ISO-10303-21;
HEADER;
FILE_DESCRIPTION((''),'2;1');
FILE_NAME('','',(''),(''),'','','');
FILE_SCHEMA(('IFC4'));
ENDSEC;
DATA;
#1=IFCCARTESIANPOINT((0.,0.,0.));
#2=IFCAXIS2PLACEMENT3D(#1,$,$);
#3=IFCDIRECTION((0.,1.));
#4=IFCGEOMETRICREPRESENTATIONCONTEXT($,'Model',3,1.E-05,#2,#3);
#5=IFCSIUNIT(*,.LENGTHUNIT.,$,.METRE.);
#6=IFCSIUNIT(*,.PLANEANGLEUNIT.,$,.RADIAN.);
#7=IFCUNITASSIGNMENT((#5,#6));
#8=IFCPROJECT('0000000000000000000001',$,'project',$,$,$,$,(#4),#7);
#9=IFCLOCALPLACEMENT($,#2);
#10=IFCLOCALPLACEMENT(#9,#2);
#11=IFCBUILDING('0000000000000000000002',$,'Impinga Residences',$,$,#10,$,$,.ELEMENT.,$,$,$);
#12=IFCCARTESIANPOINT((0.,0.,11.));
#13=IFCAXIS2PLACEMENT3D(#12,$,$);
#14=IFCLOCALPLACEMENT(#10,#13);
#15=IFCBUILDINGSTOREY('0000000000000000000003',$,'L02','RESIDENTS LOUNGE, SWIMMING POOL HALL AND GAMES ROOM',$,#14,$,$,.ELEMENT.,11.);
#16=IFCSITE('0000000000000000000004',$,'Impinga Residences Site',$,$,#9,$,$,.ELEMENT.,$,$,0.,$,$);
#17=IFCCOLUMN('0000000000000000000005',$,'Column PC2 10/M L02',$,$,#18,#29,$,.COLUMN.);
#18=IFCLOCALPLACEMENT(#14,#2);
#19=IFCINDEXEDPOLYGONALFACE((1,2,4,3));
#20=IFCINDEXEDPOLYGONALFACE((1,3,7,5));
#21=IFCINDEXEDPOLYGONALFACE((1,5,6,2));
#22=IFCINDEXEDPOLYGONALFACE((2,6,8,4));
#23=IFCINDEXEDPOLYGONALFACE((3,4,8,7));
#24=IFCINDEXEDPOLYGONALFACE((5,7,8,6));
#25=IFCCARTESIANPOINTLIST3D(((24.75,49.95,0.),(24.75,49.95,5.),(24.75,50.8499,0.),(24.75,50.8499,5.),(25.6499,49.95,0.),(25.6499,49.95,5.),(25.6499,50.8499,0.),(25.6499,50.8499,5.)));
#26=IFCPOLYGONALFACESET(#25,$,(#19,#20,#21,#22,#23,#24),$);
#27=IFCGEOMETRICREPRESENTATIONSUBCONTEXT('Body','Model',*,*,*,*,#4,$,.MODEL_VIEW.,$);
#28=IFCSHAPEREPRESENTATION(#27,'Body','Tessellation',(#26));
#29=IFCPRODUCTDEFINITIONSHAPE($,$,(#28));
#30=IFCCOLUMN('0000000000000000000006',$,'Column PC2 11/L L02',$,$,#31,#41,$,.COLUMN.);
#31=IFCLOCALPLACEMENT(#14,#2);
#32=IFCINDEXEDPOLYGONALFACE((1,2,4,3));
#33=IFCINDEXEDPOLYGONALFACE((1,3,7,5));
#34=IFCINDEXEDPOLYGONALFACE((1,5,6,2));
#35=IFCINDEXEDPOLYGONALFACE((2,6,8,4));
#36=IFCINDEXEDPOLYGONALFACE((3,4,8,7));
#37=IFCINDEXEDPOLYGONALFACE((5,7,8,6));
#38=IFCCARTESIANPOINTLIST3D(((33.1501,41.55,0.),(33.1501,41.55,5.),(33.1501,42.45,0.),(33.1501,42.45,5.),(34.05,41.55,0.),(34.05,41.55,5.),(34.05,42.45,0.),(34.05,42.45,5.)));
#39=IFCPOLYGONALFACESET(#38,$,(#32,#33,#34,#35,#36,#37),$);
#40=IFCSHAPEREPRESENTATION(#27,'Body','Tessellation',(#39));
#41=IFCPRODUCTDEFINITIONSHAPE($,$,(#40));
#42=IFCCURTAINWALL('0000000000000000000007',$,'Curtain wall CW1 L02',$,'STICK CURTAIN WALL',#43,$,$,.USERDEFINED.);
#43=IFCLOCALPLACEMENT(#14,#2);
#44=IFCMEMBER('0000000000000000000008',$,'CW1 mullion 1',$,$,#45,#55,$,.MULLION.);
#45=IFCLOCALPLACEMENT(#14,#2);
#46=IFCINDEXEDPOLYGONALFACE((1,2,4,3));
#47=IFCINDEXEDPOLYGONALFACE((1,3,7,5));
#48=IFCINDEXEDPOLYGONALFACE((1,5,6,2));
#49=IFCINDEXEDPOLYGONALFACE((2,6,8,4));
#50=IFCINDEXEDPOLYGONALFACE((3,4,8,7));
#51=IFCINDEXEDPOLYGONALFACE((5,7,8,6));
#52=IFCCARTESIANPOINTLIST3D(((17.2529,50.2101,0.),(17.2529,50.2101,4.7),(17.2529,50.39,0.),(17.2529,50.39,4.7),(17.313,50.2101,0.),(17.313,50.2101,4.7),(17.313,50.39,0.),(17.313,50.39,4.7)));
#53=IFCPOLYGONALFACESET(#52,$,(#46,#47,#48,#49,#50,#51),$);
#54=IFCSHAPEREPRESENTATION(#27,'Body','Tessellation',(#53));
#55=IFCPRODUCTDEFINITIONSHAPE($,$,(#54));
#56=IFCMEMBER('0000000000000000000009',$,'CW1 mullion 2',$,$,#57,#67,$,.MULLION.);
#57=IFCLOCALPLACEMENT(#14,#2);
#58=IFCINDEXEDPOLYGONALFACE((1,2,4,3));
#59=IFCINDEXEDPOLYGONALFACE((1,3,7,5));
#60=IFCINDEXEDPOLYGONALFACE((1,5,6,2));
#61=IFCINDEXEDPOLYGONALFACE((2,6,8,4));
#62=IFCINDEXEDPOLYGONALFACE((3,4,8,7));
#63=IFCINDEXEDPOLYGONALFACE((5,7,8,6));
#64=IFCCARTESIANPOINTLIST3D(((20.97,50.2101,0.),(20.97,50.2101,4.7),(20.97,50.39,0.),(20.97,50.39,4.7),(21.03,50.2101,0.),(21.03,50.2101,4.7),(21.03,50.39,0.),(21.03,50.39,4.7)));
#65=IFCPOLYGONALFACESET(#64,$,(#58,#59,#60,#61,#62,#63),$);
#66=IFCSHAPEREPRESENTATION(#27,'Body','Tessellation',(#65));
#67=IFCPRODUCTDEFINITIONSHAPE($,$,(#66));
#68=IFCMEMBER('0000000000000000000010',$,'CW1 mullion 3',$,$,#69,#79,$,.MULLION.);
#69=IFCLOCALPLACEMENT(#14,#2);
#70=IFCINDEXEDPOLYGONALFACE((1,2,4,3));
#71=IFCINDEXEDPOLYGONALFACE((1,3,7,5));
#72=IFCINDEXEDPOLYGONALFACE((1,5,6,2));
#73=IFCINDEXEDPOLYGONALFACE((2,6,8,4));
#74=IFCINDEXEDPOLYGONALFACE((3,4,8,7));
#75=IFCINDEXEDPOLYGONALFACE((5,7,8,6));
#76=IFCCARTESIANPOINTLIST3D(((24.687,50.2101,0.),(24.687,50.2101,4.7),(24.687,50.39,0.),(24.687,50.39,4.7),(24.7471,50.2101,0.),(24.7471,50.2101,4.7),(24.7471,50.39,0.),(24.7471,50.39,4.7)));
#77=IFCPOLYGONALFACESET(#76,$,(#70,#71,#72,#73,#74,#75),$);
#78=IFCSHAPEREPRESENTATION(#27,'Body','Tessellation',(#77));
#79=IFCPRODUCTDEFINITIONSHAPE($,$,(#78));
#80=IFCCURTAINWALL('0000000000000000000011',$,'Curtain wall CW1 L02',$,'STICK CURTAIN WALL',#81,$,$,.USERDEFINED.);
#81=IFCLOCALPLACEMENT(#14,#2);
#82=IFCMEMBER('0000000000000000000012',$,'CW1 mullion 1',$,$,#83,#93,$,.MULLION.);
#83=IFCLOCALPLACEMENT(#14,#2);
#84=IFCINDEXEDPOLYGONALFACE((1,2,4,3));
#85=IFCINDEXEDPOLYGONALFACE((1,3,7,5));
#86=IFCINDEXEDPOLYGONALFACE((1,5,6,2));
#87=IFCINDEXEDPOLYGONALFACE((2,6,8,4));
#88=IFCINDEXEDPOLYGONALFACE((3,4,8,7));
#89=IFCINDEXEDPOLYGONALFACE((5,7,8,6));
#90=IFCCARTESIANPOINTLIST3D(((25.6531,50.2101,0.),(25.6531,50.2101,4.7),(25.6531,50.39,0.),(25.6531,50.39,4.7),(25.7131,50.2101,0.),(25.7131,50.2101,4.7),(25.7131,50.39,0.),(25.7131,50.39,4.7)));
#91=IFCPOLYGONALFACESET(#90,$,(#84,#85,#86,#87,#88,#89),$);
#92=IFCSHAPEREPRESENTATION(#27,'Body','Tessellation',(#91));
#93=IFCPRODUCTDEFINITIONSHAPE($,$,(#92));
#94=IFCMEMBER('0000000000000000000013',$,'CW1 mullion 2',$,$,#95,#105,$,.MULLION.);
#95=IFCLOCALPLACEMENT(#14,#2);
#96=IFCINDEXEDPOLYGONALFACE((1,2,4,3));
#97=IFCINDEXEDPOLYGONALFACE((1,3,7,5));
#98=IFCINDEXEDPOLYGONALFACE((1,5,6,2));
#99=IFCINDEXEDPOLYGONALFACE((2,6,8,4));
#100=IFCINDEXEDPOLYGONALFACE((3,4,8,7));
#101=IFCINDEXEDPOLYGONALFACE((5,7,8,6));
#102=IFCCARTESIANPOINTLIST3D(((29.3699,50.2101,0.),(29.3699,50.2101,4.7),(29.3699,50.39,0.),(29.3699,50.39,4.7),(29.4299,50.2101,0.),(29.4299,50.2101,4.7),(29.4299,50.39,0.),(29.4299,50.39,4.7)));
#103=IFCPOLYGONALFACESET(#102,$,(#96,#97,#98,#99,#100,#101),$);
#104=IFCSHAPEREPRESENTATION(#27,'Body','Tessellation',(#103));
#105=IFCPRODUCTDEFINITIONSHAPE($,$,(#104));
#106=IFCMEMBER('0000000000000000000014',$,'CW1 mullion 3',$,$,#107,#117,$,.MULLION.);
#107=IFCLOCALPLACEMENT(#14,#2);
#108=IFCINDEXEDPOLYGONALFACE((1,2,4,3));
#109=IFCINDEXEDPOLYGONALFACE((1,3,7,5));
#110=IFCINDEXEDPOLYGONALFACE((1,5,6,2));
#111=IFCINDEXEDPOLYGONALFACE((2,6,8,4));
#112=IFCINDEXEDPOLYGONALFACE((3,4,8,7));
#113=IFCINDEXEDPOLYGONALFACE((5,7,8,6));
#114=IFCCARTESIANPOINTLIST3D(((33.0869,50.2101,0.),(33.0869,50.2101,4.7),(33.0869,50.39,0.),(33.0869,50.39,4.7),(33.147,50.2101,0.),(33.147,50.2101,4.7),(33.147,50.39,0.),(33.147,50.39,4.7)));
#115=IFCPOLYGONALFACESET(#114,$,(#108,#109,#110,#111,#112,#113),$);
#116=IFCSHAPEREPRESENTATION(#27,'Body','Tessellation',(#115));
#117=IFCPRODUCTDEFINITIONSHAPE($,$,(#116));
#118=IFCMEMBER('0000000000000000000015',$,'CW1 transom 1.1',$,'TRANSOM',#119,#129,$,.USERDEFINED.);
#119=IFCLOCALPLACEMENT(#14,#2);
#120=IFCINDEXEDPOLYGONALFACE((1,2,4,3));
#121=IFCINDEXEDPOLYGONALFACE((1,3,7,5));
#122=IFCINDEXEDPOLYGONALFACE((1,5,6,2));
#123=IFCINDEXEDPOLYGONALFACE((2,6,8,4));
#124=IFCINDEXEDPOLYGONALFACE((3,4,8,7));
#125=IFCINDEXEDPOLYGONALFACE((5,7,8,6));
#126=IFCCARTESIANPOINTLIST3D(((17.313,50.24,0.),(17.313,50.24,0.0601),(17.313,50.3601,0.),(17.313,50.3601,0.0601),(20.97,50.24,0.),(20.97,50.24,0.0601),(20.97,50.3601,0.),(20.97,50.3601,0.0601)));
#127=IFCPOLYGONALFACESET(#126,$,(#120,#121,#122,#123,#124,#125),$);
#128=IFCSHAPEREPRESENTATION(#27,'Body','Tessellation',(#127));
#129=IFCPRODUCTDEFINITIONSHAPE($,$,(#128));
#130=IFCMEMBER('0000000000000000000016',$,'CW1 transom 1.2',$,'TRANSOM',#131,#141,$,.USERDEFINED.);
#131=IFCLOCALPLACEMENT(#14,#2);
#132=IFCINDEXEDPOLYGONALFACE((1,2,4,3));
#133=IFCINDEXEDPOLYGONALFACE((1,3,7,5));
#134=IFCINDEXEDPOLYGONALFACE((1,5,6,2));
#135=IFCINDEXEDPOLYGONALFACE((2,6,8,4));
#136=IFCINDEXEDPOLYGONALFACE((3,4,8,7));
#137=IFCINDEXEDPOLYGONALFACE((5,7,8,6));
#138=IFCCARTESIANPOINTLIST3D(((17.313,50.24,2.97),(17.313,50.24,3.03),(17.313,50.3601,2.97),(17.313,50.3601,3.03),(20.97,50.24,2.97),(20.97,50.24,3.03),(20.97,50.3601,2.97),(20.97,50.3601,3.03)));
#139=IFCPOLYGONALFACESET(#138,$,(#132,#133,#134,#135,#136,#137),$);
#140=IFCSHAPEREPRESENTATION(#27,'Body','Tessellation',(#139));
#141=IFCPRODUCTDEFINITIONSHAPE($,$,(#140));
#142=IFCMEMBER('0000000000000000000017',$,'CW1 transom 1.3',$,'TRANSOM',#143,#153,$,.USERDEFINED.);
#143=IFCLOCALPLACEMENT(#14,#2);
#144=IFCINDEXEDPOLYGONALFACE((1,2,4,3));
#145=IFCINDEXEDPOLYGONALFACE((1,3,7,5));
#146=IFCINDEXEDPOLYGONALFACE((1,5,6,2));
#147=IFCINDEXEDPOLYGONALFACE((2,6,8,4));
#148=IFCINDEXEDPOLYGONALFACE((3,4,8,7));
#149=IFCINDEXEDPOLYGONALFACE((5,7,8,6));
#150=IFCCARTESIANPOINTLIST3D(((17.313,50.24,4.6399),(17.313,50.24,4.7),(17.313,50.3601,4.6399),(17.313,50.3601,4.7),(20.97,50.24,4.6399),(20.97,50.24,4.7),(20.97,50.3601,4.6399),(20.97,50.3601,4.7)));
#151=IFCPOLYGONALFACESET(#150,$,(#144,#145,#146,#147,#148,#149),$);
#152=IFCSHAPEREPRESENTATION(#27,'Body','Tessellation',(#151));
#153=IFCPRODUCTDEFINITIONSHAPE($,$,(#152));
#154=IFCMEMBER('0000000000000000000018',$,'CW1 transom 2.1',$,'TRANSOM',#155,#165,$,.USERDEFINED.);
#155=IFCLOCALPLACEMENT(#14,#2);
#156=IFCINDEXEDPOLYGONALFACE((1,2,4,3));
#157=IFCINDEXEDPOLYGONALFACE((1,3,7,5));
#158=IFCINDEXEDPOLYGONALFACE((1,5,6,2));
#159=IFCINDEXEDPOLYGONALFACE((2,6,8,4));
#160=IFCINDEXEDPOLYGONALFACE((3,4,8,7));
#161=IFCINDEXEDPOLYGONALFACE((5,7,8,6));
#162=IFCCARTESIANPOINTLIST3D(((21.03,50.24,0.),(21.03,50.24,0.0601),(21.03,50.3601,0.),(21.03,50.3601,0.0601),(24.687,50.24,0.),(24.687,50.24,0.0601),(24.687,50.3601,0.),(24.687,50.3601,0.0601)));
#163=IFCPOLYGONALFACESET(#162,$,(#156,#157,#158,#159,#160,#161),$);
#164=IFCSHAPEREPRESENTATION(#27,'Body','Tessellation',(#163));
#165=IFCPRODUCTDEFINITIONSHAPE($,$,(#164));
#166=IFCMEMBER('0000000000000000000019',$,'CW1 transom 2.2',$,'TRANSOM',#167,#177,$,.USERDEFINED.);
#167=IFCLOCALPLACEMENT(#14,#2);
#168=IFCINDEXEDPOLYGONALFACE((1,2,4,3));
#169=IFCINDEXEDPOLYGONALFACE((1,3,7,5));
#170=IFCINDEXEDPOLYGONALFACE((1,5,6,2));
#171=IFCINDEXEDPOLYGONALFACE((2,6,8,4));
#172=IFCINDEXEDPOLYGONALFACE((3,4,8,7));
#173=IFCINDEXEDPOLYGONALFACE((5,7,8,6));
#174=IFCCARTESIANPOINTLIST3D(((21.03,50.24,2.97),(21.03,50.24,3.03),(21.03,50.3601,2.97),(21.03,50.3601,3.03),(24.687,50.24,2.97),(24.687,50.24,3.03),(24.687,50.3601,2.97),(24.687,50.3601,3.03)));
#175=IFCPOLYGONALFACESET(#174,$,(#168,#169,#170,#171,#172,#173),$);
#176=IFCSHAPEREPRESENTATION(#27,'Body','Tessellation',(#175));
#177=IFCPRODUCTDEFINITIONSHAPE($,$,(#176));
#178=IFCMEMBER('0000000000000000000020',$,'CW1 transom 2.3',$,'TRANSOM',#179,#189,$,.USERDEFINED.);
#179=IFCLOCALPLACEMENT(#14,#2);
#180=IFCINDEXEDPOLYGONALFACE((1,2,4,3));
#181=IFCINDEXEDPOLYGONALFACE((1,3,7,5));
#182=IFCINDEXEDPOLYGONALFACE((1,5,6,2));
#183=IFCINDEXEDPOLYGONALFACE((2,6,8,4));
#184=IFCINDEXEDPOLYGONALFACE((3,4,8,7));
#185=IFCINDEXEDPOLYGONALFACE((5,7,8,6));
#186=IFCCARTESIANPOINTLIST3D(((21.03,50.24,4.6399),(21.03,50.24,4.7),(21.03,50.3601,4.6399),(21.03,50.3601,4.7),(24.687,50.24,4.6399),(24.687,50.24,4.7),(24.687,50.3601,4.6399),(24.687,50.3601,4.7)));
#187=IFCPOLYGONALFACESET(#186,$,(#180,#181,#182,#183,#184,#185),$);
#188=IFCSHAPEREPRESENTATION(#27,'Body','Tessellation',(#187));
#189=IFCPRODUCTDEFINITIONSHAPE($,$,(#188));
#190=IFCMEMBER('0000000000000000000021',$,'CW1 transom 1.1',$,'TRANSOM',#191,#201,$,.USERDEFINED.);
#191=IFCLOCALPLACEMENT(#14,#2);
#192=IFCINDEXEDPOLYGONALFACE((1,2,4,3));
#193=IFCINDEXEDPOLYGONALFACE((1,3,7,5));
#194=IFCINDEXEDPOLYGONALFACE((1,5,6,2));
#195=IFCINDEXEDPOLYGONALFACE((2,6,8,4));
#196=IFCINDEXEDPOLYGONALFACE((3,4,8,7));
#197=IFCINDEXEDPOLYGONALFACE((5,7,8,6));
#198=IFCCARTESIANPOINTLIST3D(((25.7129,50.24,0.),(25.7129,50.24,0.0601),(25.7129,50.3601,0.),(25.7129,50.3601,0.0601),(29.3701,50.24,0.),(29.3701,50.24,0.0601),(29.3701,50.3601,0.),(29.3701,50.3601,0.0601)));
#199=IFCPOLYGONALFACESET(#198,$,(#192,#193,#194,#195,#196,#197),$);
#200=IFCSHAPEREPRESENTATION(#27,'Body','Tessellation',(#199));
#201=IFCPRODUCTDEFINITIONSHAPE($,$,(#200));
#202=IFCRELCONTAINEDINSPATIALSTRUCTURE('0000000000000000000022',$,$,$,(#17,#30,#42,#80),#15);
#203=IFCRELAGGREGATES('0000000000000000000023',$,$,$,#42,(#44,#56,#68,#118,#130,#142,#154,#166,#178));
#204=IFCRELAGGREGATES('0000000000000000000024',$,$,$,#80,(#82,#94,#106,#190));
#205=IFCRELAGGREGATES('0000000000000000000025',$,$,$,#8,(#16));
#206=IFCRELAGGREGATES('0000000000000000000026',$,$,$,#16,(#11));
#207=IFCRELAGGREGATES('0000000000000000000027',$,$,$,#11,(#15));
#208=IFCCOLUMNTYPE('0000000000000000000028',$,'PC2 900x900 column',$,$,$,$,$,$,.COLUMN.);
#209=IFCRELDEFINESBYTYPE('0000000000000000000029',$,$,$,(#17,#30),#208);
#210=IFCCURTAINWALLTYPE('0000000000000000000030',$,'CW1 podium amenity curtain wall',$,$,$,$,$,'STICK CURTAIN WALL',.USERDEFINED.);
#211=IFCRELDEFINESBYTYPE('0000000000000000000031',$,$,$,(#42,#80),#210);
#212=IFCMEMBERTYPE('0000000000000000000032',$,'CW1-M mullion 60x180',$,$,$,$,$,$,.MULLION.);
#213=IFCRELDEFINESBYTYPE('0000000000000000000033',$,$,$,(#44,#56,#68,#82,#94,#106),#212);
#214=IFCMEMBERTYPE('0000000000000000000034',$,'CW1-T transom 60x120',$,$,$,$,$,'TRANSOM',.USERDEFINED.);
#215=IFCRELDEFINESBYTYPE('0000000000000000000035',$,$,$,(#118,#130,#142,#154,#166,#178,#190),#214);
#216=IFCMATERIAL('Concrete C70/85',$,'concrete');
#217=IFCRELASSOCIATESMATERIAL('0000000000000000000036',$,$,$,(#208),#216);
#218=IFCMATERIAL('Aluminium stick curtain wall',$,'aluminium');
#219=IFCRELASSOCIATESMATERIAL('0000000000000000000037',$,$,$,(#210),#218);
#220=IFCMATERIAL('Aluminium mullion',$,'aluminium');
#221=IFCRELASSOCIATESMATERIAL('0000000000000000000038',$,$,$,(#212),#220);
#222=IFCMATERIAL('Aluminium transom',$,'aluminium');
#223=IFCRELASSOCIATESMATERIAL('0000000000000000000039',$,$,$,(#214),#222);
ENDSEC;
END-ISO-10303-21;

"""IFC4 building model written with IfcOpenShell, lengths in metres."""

from ifc_helpers import new_model, si_unit, direction, frame, origin, origin_2d, place, context, subcontext, project, spatial, rectangle, extrude, material, material_profile, profile_set, type_object, element, aggregate, save


model = new_model("IFC4")

# Units and contexts
model_context = context("Model", 3, precision=1e-05, world=origin(), true_north=direction((0.0, 1.0)))
body_context = subcontext(model_context, "Body", "Model", "MODEL_VIEW")
ifc_project = project(units=[si_unit("LENGTHUNIT", "METRE"), si_unit("PLANEANGLEUNIT", "RADIAN")], contexts=[model_context])

# Site, building, storey
site_placement = place(None, origin())
site = spatial("IfcSite", under=ifc_project, at=site_placement, Name="Impinga Residences Site", CompositionType="ELEMENT", RefElevation=0.0)
building_placement = place(site_placement, origin())
building = spatial("IfcBuilding", under=site, at=building_placement, Name="Impinga Residences", CompositionType="ELEMENT")
storey_placement = place(building_placement, frame((0.0, 0.0, 11.0)))
storey = spatial("IfcBuildingStorey", under=building, at=storey_placement, Name="L02", Description="RESIDENTS LOUNGE, SWIMMING POOL HALL AND GAMES ROOM", CompositionType="ELEMENT", Elevation=11.0)

# Columns
ifc_material_1 = material(Name="Concrete C70/85", Category="concrete")
ifc_material_profile_1 = material_profile(ifc_material_1, rectangle(XDim=0.8999, YDim=0.8999, at=origin_2d()), Name="RC 900x900")
ifc_profile_set_1 = profile_set([ifc_material_profile_1], Name="Concrete C70/85")
column_type = type_object("IfcColumnType", Name="PC2 900x900 column", PredefinedType="COLUMN", material=ifc_profile_set_1)
for number, where, z_axis, x_axis, name in (
    (1, (25.2, 50.3999, 0.0), (0.0, 0.0, 1.0), (1.0, 0.0, 0.0), "Column PC2 10/M L02"),
    (2, (33.6001, 42.0, 0.0), (0.0, 0.0, 1.0), (1.0, 0.0, 0.0), "Column PC2 11/L L02"),
):
    element("IfcColumn", number, at=place(storey_placement, frame(where, z_axis=z_axis, x_axis=x_axis)), inside=storey, type_object=column_type, Name=name, PredefinedType="COLUMN", context=body_context, shape_type="SweptSolid", body=[
        extrude(rectangle(XDim=0.8999, YDim=0.8999, at=origin_2d()), origin(), (0.0, 0.0, 1.0), 5.0),
    ])

# Curtain walls, members
ifc_material_2 = material(Name="Aluminium stick curtain wall", Category="aluminium")
curtain_wall_type = type_object("IfcCurtainWallType", Name="CW1 podium amenity curtain wall", ElementType="STICK CURTAIN WALL", PredefinedType="USERDEFINED", material=ifc_material_2)
curtain_wall_1_placement = place(storey_placement, origin())
curtain_wall_1 = element("IfcCurtainWall", 3, at=curtain_wall_1_placement, inside=storey, type_object=curtain_wall_type, Name="Curtain wall CW1 L02", ObjectType="STICK CURTAIN WALL", PredefinedType="USERDEFINED")
ifc_material_3 = material(Name="Aluminium mullion", Category="aluminium")
ifc_material_profile_2 = material_profile(ifc_material_3, rectangle(XDim=0.0601, YDim=0.1799, at=origin_2d()), Name="60x180 mullion")
ifc_profile_set_2 = profile_set([ifc_material_profile_2], Name="Aluminium mullion")
member_type_1 = type_object("IfcMemberType", Name="CW1-M mullion 60x180", PredefinedType="MULLION", material=ifc_profile_set_2)
member_1_placement = place(storey_placement, frame((17.283, 50.3, 0.0), z_axis=(0.0, 0.0, 1.0), x_axis=(1.0, 0.0, 0.0)))
member_1 = element("IfcMember", 4, at=member_1_placement, type_object=member_type_1, Name="CW1 mullion 1", PredefinedType="MULLION", context=body_context, shape_type="SweptSolid", body=[
    extrude(rectangle(XDim=0.0601, YDim=0.1799, at=origin_2d()), origin(), (0.0, 0.0, 1.0), 4.7),
])
member_2_placement = place(storey_placement, frame((21.0, 50.3, 0.0), z_axis=(0.0, 0.0, 1.0), x_axis=(1.0, 0.0, 0.0)))
member_2 = element("IfcMember", 5, at=member_2_placement, type_object=member_type_1, Name="CW1 mullion 2", PredefinedType="MULLION", context=body_context, shape_type="SweptSolid", body=[
    extrude(rectangle(XDim=0.0601, YDim=0.1799, at=origin_2d()), origin(), (0.0, 0.0, 1.0), 4.7),
])
member_3_placement = place(storey_placement, frame((24.717, 50.3, 0.0), z_axis=(0.0, 0.0, 1.0), x_axis=(1.0, 0.0, 0.0)))
member_3 = element("IfcMember", 6, at=member_3_placement, type_object=member_type_1, Name="CW1 mullion 3", PredefinedType="MULLION", context=body_context, shape_type="SweptSolid", body=[
    extrude(rectangle(XDim=0.0601, YDim=0.1799, at=origin_2d()), origin(), (0.0, 0.0, 1.0), 4.7),
])
curtain_wall_2_placement = place(storey_placement, origin())
curtain_wall_2 = element("IfcCurtainWall", 7, at=curtain_wall_2_placement, inside=storey, type_object=curtain_wall_type, Name="Curtain wall CW1 L02", ObjectType="STICK CURTAIN WALL", PredefinedType="USERDEFINED")
member_4_placement = place(storey_placement, frame((25.6831, 50.3, 0.0), z_axis=(0.0, 0.0, 1.0), x_axis=(1.0, 0.0, 0.0)))
member_4 = element("IfcMember", 8, at=member_4_placement, type_object=member_type_1, Name="CW1 mullion 1", PredefinedType="MULLION", context=body_context, shape_type="SweptSolid", body=[
    extrude(rectangle(XDim=0.0601, YDim=0.1799, at=origin_2d()), origin(), (0.0, 0.0, 1.0), 4.7),
])
member_5_placement = place(storey_placement, frame((29.3999, 50.3, 0.0), z_axis=(0.0, 0.0, 1.0), x_axis=(1.0, 0.0, 0.0)))
member_5 = element("IfcMember", 9, at=member_5_placement, type_object=member_type_1, Name="CW1 mullion 2", PredefinedType="MULLION", context=body_context, shape_type="SweptSolid", body=[
    extrude(rectangle(XDim=0.0601, YDim=0.1799, at=origin_2d()), origin(), (0.0, 0.0, 1.0), 4.7),
])
member_6_placement = place(storey_placement, frame((33.1169, 50.3, 0.0), z_axis=(0.0, 0.0, 1.0), x_axis=(1.0, 0.0, 0.0)))
member_6 = element("IfcMember", 10, at=member_6_placement, type_object=member_type_1, Name="CW1 mullion 3", PredefinedType="MULLION", context=body_context, shape_type="SweptSolid", body=[
    extrude(rectangle(XDim=0.0601, YDim=0.1799, at=origin_2d()), origin(), (0.0, 0.0, 1.0), 4.7),
])

# Members
ifc_material_4 = material(Name="Aluminium transom", Category="aluminium")
ifc_material_profile_3 = material_profile(ifc_material_4, rectangle(XDim=0.0601, YDim=0.1201, at=origin_2d()), Name="60x120 transom")
ifc_profile_set_3 = profile_set([ifc_material_profile_3], Name="Aluminium transom")
member_type_2 = type_object("IfcMemberType", Name="CW1-T transom 60x120", ElementType="TRANSOM", PredefinedType="USERDEFINED", material=ifc_profile_set_3)
member_7_placement = place(storey_placement, frame((17.313, 50.3, 0.03), z_axis=(1.0, 0.0, 0.0), x_axis=(0.0, 0.0, 1.0)))
member_7 = element("IfcMember", 11, at=member_7_placement, type_object=member_type_2, Name="CW1 transom 1.1", ObjectType="TRANSOM", PredefinedType="USERDEFINED", context=body_context, shape_type="SweptSolid", body=[
    extrude(rectangle(XDim=0.0601, YDim=0.1201, at=origin_2d()), origin(), (0.0, 0.0, 1.0), 3.657),
])
member_8_placement = place(storey_placement, frame((17.313, 50.3, 3.0), z_axis=(1.0, 0.0, 0.0), x_axis=(0.0, 0.0, 1.0)))
member_8 = element("IfcMember", 12, at=member_8_placement, type_object=member_type_2, Name="CW1 transom 1.2", ObjectType="TRANSOM", PredefinedType="USERDEFINED", context=body_context, shape_type="SweptSolid", body=[
    extrude(rectangle(XDim=0.0601, YDim=0.1201, at=origin_2d()), origin(), (0.0, 0.0, 1.0), 3.657),
])
member_9_placement = place(storey_placement, frame((17.313, 50.3, 4.6699), z_axis=(1.0, 0.0, 0.0), x_axis=(0.0, 0.0, 1.0)))
member_9 = element("IfcMember", 13, at=member_9_placement, type_object=member_type_2, Name="CW1 transom 1.3", ObjectType="TRANSOM", PredefinedType="USERDEFINED", context=body_context, shape_type="SweptSolid", body=[
    extrude(rectangle(XDim=0.0601, YDim=0.1201, at=origin_2d()), origin(), (0.0, 0.0, 1.0), 3.657),
])
member_10_placement = place(storey_placement, frame((21.03, 50.3, 0.03), z_axis=(1.0, 0.0, 0.0), x_axis=(0.0, 0.0, 1.0)))
member_10 = element("IfcMember", 14, at=member_10_placement, type_object=member_type_2, Name="CW1 transom 2.1", ObjectType="TRANSOM", PredefinedType="USERDEFINED", context=body_context, shape_type="SweptSolid", body=[
    extrude(rectangle(XDim=0.0601, YDim=0.1201, at=origin_2d()), origin(), (0.0, 0.0, 1.0), 3.657),
])
member_11_placement = place(storey_placement, frame((21.03, 50.3, 3.0), z_axis=(1.0, 0.0, 0.0), x_axis=(0.0, 0.0, 1.0)))
member_11 = element("IfcMember", 15, at=member_11_placement, type_object=member_type_2, Name="CW1 transom 2.2", ObjectType="TRANSOM", PredefinedType="USERDEFINED", context=body_context, shape_type="SweptSolid", body=[
    extrude(rectangle(XDim=0.0601, YDim=0.1201, at=origin_2d()), origin(), (0.0, 0.0, 1.0), 3.657),
])
member_12_placement = place(storey_placement, frame((21.03, 50.3, 4.6699), z_axis=(1.0, 0.0, 0.0), x_axis=(0.0, 0.0, 1.0)))
member_12 = element("IfcMember", 16, at=member_12_placement, type_object=member_type_2, Name="CW1 transom 2.3", ObjectType="TRANSOM", PredefinedType="USERDEFINED", context=body_context, shape_type="SweptSolid", body=[
    extrude(rectangle(XDim=0.0601, YDim=0.1201, at=origin_2d()), origin(), (0.0, 0.0, 1.0), 3.657),
])
member_13_placement = place(storey_placement, frame((25.7129, 50.3, 0.03), z_axis=(1.0, 0.0, 0.0), x_axis=(0.0, 0.0, 1.0)))
member_13 = element("IfcMember", 17, at=member_13_placement, type_object=member_type_2, Name="CW1 transom 1.1", ObjectType="TRANSOM", PredefinedType="USERDEFINED", context=body_context, shape_type="SweptSolid", body=[
    extrude(rectangle(XDim=0.0601, YDim=0.1201, at=origin_2d()), origin(), (0.0, 0.0, 1.0), 3.6572),
])

aggregate(curtain_wall_1, [member_1, member_2, member_3, member_7, member_8, member_9, member_10, member_11, member_12])
aggregate(curtain_wall_2, [member_4, member_5, member_6, member_13])

save(model, "model.ifc")
